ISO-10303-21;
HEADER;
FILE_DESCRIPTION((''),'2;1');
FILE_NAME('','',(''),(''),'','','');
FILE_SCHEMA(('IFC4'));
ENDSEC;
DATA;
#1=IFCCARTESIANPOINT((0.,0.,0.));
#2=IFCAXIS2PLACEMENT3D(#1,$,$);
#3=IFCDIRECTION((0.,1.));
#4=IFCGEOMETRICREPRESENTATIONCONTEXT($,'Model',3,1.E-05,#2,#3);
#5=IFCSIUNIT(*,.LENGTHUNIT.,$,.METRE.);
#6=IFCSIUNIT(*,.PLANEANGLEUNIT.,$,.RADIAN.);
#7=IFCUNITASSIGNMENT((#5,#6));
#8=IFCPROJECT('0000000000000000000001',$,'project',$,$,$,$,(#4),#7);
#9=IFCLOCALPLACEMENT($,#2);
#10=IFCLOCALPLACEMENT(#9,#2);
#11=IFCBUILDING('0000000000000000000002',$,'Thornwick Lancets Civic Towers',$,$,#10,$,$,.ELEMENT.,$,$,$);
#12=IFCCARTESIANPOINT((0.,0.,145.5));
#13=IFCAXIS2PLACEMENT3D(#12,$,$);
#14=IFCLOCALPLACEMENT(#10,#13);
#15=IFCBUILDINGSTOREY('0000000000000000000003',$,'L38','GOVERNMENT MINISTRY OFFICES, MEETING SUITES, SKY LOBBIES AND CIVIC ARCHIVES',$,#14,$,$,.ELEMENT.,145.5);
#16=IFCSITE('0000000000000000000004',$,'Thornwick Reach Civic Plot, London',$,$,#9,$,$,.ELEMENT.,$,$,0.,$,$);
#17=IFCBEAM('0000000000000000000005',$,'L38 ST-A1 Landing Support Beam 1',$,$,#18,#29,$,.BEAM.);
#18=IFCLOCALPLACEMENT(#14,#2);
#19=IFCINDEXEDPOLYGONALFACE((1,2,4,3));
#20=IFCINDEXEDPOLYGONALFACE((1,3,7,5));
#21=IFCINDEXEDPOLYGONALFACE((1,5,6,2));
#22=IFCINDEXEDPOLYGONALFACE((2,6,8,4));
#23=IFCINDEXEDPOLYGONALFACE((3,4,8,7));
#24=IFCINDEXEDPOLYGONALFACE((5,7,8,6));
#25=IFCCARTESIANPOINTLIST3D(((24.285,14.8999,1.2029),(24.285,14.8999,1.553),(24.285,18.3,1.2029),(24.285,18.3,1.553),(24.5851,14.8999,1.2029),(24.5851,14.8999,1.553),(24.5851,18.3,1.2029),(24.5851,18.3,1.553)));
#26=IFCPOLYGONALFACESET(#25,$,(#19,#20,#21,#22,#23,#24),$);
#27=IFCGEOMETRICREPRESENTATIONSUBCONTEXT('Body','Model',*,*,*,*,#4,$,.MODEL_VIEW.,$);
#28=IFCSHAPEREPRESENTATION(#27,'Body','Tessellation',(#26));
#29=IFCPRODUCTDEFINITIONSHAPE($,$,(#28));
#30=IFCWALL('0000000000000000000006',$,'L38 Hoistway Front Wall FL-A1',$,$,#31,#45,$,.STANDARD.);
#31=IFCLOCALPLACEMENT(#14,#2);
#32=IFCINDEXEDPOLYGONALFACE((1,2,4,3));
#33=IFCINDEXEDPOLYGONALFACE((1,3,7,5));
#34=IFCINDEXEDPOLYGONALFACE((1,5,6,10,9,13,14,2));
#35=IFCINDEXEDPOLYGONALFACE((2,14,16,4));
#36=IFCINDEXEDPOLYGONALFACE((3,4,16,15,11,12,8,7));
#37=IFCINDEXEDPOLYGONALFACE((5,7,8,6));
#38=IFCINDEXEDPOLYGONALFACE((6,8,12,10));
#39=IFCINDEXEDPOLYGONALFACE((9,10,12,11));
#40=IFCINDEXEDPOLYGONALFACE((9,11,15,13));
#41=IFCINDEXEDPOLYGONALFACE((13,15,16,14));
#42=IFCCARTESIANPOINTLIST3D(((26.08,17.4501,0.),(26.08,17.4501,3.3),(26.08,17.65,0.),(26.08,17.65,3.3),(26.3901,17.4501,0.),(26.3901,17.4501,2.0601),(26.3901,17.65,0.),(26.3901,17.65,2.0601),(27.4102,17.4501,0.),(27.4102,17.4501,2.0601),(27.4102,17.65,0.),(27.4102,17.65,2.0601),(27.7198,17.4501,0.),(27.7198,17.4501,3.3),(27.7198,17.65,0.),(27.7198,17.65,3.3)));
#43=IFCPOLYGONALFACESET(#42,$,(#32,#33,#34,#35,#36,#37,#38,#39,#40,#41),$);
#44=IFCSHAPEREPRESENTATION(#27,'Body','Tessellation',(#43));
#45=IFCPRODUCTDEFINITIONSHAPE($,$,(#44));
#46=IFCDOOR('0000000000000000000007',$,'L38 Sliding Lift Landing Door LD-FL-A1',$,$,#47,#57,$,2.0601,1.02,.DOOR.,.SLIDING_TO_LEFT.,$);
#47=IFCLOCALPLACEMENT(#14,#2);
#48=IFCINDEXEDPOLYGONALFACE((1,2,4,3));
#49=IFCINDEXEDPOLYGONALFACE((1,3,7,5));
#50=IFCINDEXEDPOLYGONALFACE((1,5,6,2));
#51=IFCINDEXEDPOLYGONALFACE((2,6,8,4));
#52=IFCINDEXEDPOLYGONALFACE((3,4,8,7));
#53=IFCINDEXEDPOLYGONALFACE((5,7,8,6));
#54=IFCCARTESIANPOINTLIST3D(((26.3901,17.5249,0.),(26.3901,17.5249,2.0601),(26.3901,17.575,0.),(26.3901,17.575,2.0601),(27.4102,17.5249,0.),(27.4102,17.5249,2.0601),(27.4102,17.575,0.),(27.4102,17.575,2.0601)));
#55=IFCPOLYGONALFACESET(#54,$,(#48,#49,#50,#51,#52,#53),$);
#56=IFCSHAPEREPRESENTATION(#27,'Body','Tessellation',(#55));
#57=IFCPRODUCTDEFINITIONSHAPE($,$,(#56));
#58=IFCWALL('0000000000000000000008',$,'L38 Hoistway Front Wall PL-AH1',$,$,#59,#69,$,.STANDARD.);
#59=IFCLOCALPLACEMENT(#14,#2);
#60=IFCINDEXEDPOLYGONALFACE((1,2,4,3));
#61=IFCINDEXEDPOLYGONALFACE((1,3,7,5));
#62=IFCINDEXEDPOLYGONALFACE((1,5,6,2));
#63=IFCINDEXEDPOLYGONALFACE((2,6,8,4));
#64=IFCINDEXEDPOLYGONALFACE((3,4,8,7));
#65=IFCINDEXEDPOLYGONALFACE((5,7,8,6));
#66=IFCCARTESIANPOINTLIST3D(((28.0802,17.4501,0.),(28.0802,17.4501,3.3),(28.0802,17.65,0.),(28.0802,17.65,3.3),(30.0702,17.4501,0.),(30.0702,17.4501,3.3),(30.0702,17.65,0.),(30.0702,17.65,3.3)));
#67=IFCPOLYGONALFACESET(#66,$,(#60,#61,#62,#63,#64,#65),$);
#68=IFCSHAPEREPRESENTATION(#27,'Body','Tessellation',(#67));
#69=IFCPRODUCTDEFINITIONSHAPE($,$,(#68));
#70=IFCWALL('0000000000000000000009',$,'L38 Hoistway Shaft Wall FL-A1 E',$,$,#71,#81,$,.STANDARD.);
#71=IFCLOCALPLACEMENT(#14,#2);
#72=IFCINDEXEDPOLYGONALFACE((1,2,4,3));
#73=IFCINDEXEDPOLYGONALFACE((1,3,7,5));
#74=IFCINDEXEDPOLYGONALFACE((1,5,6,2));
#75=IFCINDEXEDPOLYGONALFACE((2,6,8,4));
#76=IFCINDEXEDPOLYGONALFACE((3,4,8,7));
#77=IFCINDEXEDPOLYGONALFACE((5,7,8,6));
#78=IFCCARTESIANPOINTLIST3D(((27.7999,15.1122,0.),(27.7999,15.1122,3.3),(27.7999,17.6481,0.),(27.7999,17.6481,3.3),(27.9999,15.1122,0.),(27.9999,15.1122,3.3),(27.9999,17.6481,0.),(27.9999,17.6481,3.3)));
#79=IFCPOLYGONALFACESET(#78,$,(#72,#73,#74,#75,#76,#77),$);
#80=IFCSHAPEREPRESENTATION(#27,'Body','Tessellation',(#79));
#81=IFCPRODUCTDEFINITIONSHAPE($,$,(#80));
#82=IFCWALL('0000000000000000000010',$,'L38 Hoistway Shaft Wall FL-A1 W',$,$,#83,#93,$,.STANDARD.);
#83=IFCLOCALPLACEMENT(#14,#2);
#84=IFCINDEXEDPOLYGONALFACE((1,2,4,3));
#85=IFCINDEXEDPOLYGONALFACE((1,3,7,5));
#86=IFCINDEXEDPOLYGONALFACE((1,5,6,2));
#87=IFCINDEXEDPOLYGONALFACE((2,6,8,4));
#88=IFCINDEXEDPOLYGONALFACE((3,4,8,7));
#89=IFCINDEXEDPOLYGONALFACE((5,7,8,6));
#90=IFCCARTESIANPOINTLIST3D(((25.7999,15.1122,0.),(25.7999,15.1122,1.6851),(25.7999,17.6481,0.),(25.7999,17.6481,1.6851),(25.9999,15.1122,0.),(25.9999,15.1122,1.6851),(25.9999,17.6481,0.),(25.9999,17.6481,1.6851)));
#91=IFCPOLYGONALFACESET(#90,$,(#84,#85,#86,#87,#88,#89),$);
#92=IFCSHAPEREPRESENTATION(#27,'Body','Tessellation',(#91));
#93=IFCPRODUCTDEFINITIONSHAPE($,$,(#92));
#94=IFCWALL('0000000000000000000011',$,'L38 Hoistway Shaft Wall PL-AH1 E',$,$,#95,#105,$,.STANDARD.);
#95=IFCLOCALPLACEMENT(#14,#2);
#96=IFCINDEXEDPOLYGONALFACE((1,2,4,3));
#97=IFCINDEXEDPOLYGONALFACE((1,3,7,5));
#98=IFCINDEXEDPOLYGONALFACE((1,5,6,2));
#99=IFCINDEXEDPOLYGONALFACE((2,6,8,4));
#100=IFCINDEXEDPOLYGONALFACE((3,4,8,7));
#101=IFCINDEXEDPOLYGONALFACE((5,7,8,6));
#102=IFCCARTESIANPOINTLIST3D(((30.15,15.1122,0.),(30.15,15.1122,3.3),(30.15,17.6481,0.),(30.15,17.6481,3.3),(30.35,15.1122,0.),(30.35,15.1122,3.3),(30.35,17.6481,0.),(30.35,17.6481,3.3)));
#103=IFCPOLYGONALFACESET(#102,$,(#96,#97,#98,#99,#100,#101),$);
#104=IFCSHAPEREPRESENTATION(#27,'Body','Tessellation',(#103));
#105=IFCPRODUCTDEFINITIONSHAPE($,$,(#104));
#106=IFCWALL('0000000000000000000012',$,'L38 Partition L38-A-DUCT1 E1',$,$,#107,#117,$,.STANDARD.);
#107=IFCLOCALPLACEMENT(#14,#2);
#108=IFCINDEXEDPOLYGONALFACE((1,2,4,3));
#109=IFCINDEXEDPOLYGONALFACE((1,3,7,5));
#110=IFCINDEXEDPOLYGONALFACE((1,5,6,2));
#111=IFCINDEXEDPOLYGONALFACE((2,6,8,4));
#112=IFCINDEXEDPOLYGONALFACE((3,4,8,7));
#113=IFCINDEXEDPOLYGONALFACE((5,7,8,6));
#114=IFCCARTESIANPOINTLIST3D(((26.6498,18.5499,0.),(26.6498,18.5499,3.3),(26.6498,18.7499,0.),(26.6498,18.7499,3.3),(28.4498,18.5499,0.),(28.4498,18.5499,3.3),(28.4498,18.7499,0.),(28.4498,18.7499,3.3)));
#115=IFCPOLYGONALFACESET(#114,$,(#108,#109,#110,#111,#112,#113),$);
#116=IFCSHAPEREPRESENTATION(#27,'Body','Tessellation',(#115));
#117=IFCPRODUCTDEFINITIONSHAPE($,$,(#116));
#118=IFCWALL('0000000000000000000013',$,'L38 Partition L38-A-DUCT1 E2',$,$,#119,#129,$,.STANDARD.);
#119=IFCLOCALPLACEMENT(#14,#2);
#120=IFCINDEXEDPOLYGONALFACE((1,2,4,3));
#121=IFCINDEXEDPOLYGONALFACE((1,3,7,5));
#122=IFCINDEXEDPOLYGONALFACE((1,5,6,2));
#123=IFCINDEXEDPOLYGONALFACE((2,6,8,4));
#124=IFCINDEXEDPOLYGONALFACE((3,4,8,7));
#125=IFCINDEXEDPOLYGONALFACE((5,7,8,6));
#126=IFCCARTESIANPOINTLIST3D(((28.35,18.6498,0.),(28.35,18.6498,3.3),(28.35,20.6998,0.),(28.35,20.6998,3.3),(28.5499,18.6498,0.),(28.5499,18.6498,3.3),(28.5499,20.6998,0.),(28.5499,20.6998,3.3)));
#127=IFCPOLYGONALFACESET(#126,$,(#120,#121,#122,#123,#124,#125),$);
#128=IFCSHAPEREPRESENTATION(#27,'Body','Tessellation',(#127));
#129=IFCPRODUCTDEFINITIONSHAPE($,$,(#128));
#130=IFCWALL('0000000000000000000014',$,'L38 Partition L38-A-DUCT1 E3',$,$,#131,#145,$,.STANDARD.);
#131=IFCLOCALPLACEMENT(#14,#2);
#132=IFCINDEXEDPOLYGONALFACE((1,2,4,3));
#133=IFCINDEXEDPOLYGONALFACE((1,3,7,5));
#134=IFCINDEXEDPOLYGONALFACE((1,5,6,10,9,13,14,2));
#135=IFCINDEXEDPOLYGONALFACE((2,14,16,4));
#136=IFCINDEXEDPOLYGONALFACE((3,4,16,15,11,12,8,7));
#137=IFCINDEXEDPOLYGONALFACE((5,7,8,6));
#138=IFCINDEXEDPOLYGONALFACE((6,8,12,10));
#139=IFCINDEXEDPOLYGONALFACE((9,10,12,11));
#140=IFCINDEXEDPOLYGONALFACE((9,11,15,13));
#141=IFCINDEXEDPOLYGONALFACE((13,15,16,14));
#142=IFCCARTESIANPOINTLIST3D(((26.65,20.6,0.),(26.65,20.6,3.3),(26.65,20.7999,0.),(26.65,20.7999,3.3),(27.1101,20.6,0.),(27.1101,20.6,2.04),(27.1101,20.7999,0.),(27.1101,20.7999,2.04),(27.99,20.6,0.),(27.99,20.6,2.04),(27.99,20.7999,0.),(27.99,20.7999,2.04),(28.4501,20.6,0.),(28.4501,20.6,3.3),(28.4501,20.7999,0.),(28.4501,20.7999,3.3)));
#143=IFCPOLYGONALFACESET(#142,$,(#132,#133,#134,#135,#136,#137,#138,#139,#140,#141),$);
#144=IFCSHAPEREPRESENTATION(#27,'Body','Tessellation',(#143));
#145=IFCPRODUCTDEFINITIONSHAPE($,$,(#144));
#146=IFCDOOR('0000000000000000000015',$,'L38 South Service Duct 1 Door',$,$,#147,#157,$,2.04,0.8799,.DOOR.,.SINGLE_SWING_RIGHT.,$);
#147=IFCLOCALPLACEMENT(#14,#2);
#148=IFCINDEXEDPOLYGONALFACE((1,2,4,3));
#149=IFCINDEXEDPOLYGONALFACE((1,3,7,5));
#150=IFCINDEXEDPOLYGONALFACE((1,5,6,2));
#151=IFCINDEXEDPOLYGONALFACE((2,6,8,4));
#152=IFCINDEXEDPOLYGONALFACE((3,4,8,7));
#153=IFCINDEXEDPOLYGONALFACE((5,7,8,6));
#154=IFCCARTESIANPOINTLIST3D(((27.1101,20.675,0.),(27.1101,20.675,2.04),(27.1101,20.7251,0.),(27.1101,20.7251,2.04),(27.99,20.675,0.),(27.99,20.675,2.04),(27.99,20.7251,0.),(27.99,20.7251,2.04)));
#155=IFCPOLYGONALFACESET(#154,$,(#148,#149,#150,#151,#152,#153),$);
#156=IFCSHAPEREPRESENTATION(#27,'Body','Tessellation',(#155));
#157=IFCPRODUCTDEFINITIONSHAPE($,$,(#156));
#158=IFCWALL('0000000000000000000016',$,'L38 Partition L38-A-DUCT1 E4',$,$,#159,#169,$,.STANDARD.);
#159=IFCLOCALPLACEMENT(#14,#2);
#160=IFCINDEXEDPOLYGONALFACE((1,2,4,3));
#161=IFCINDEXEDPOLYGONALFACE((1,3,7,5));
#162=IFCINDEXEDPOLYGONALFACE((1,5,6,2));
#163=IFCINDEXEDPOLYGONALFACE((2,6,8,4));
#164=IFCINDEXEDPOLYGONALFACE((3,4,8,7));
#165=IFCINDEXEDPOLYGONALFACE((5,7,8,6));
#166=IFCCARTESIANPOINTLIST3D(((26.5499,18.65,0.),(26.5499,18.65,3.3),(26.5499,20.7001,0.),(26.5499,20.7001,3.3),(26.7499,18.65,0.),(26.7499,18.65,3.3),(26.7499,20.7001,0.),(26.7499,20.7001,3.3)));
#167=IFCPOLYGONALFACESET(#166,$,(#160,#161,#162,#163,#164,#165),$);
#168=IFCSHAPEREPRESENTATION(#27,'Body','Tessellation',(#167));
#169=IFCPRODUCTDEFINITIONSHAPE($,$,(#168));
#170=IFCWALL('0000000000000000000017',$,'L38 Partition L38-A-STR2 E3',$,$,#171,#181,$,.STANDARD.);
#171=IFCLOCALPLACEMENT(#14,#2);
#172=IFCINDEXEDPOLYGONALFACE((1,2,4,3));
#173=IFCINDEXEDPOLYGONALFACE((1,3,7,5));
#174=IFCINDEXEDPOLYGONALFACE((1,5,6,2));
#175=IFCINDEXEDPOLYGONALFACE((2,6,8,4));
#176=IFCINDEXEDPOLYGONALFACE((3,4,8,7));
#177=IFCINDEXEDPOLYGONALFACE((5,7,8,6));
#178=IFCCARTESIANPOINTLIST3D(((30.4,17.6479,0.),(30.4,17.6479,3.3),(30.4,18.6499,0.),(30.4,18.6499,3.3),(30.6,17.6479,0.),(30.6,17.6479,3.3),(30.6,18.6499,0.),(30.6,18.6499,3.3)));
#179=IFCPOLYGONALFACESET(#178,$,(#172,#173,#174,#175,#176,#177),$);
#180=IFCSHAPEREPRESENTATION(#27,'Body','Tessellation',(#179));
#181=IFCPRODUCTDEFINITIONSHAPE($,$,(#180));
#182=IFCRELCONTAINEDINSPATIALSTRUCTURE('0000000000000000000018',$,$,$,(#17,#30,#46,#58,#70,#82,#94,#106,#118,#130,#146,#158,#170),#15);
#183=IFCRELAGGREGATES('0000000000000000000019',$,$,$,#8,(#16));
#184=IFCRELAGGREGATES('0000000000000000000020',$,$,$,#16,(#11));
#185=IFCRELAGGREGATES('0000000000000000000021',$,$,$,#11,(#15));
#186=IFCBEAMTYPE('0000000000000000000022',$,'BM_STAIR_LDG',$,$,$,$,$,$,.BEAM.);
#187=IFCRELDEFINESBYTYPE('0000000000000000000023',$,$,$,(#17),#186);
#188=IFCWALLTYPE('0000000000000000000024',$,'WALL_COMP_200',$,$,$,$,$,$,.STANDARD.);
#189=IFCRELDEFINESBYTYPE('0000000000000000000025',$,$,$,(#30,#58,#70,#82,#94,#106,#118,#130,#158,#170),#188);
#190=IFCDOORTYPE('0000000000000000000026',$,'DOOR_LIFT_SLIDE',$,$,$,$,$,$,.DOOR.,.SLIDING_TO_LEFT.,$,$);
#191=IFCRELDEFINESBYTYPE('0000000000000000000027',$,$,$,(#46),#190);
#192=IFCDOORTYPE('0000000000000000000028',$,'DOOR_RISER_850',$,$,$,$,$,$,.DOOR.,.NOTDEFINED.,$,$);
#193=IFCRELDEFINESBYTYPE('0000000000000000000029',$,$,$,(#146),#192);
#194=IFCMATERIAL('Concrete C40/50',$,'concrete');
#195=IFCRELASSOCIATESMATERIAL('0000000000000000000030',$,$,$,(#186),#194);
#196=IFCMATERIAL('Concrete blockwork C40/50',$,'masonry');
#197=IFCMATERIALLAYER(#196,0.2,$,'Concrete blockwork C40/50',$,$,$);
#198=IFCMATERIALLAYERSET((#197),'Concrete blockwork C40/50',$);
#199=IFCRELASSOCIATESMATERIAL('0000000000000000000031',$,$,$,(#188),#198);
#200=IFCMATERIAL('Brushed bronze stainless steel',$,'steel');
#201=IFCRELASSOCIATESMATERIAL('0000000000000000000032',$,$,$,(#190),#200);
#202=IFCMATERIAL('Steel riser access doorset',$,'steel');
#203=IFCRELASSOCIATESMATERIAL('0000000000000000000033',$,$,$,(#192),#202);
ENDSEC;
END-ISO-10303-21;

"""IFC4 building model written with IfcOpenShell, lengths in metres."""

from ifc_helpers import new_model, si_unit, direction, frame, frame_2d, origin, origin_2d, place, context, subcontext, project, spatial, rectangle, extrude, material, layer, layer_set, material_profile, profile_set, type_object, element, fill, save


model = new_model("IFC4")

# Units and contexts
model_context = context("Model", 3, precision=1e-05, world=origin(), true_north=direction((0.0, 1.0)))
body_context = subcontext(model_context, "Body", "Model", "MODEL_VIEW")
ifc_project = project(units=[si_unit("LENGTHUNIT", "METRE"), si_unit("PLANEANGLEUNIT", "RADIAN")], contexts=[model_context])

# Site, building, storey
site_placement = place(None, origin())
site = spatial("IfcSite", under=ifc_project, at=site_placement, Name="Thornwick Reach Civic Plot, London", CompositionType="ELEMENT", RefElevation=0.0)
building_placement = place(site_placement, origin())
building = spatial("IfcBuilding", under=site, at=building_placement, Name="Thornwick Lancets Civic Towers", CompositionType="ELEMENT")
storey_placement = place(building_placement, frame((0.0, 0.0, 145.5)))
storey = spatial("IfcBuildingStorey", under=building, at=storey_placement, Name="L38", Description="GOVERNMENT MINISTRY OFFICES, MEETING SUITES, SKY LOBBIES AND CIVIC ARCHIVES", CompositionType="ELEMENT", Elevation=145.5)

# Beam
ifc_material_1 = material(Name="Concrete C40/50", Category="concrete")
ifc_material_profile = material_profile(ifc_material_1, rectangle(XDim=0.3, YDim=0.3501, at=origin_2d()), Name="RC 300x350")
ifc_profile_set = profile_set([ifc_material_profile], Name="Concrete C40/50")
beam_type = type_object("IfcBeamType", Name="BM_STAIR_LDG", PredefinedType="BEAM", material=ifc_profile_set)
beam_placement = place(storey_placement, frame((24.4351, 14.8999, 1.3779), z_axis=(0.0, 1.0, 0.0), x_axis=(-1.0, 0.0, 0.0)))
element("IfcBeam", 1, at=beam_placement, inside=storey, type_object=beam_type, Name="L38 ST-A1 Landing Support Beam 1", PredefinedType="BEAM", context=body_context, shape_type="SweptSolid", body=[
    extrude(rectangle(XDim=0.3, YDim=0.3501, at=origin_2d()), origin(), (0.0, 0.0, 1.0), 3.4001),
])

# Wall, opening, door
ifc_material_2 = material(Name="Concrete blockwork C40/50", Category="masonry")
ifc_layer_1 = layer(ifc_material_2, 0.2, Name="Concrete blockwork C40/50")
ifc_layer_set_1 = layer_set([ifc_layer_1], Name="Concrete blockwork C40/50")
wall_type_1 = type_object("IfcWallType", Name="WALL_COMP_200", PredefinedType="STANDARD", material=ifc_layer_set_1)
wall_1_placement = place(storey_placement, frame((26.0801, 17.55, 0.0), z_axis=(0.0, 0.0, 1.0), x_axis=(1.0, 0.0, 0.0)))
wall_1 = element("IfcWall", 2, at=wall_1_placement, inside=storey, type_object=wall_type_1, Name="L38 Hoistway Front Wall FL-A1", PredefinedType="STANDARD", context=body_context, shape_type="SweptSolid", body=[
    extrude(rectangle(XDim=1.6399, YDim=0.2, at=frame_2d((0.8198, 0.0))), origin(), (0.0, 0.0, 1.0), 3.3),
])
opening_1_placement = place(wall_1_placement, frame((0.3101, 0.0, 0.0)))
opening_1 = element("IfcOpeningElement", 3, at=opening_1_placement, cuts=wall_1, PredefinedType="OPENING", context=body_context, shape_type="SweptSolid", body=[
    extrude(rectangle(XDim=1.02, YDim=2.0601, at=frame_2d((0.51, 1.03))), frame((0.0, 0.1099, 0.0), z_axis=(0.0, -1.0, 0.0), x_axis=(1.0, 0.0, 0.0)), (0.0, 0.0, 1.0), 0.22),
])
ifc_material_3 = material(Name="Brushed bronze stainless steel", Category="steel")
door_type_1 = type_object("IfcDoorType", Name="DOOR_LIFT_SLIDE", OperationType="SLIDING_TO_LEFT", PredefinedType="DOOR", material=ifc_material_3)
door_1_placement = place(opening_1_placement, origin())
door_1 = element("IfcDoor", 4, at=door_1_placement, inside=storey, type_object=door_type_1, Name="L38 Sliding Lift Landing Door LD-FL-A1", OperationType="SLIDING_TO_LEFT", OverallHeight=2.0601, OverallWidth=1.02, PredefinedType="DOOR", context=body_context, shape_type="SweptSolid", body=[
    extrude(rectangle(XDim=1.02, YDim=2.0601, at=frame_2d((0.51, 1.03))), frame((0.0, 0.0249, 0.0), z_axis=(0.0, -1.0, 0.0), x_axis=(1.0, 0.0, 0.0)), (0.0, 0.0, 1.0), 0.05),
])
fill(opening_1, door_1)

# Walls
wall_2_placement = place(storey_placement, frame((28.0801, 17.55, 0.0), z_axis=(0.0, 0.0, 1.0), x_axis=(1.0, 0.0, 0.0)))
element("IfcWall", 5, at=wall_2_placement, inside=storey, type_object=wall_type_1, Name="L38 Hoistway Front Wall PL-AH1", PredefinedType="STANDARD", context=body_context, shape_type="SweptSolid", body=[
    extrude(rectangle(XDim=1.99, YDim=0.2, at=frame_2d((0.9951, 0.0))), origin(), (0.0, 0.0, 1.0), 3.3),
])
wall_3_placement = place(storey_placement, frame((27.8999, 15.1121, 0.0), z_axis=(0.0, 0.0, 1.0), x_axis=(0.0, 1.0, 0.0)))
element("IfcWall", 6, at=wall_3_placement, inside=storey, type_object=wall_type_1, Name="L38 Hoistway Shaft Wall FL-A1 E", PredefinedType="STANDARD", context=body_context, shape_type="SweptSolid", body=[
    extrude(rectangle(XDim=2.5359, YDim=0.2, at=frame_2d((1.2681, 0.0))), origin(), (0.0, 0.0, 1.0), 3.3),
])
wall_4_placement = place(storey_placement, frame((25.8999, 15.1121, 0.0), z_axis=(0.0, 0.0, 1.0), x_axis=(0.0, 1.0, 0.0)))
element("IfcWall", 7, at=wall_4_placement, inside=storey, type_object=wall_type_1, Name="L38 Hoistway Shaft Wall FL-A1 W", PredefinedType="STANDARD", context=body_context, shape_type="SweptSolid", body=[
    extrude(rectangle(XDim=2.5359, YDim=0.2, at=frame_2d((1.2681, 0.0))), origin(), (0.0, 0.0, 1.0), 1.6851),
])
wall_5_placement = place(storey_placement, frame((30.25, 15.1121, 0.0), z_axis=(0.0, 0.0, 1.0), x_axis=(0.0, 1.0, 0.0)))
element("IfcWall", 8, at=wall_5_placement, inside=storey, type_object=wall_type_1, Name="L38 Hoistway Shaft Wall PL-AH1 E", PredefinedType="STANDARD", context=body_context, shape_type="SweptSolid", body=[
    extrude(rectangle(XDim=2.5359, YDim=0.2, at=frame_2d((1.2681, 0.0))), origin(), (0.0, 0.0, 1.0), 3.3),
])
wall_6_placement = place(storey_placement, frame((26.6499, 18.6499, 0.0), z_axis=(0.0, 0.0, 1.0), x_axis=(1.0, 0.0, 0.0)))
element("IfcWall", 9, at=wall_6_placement, inside=storey, type_object=wall_type_1, Name="L38 Partition L38-A-DUCT1 E1", PredefinedType="STANDARD", context=body_context, shape_type="SweptSolid", body=[
    extrude(rectangle(XDim=1.8, YDim=0.2, at=frame_2d((0.8999, 0.0))), origin(), (0.0, 0.0, 1.0), 3.3),
])
wall_7_placement = place(storey_placement, frame((28.45, 18.6499, 0.0), z_axis=(0.0, 0.0, 1.0), x_axis=(0.0, 1.0, 0.0)))
element("IfcWall", 10, at=wall_7_placement, inside=storey, type_object=wall_type_1, Name="L38 Partition L38-A-DUCT1 E2", PredefinedType="STANDARD", context=body_context, shape_type="SweptSolid", body=[
    extrude(rectangle(XDim=2.05, YDim=0.2, at=frame_2d((1.0249, 0.0))), origin(), (0.0, 0.0, 1.0), 3.3),
])

# Wall, opening, door
wall_8_placement = place(storey_placement, frame((28.45, 20.7, 0.0), z_axis=(0.0, 0.0, 1.0), x_axis=(-1.0, 0.0, 0.0)))
wall_8 = element("IfcWall", 11, at=wall_8_placement, inside=storey, type_object=wall_type_1, Name="L38 Partition L38-A-DUCT1 E3", PredefinedType="STANDARD", context=body_context, shape_type="SweptSolid", body=[
    extrude(rectangle(XDim=1.8, YDim=0.2, at=frame_2d((0.8999, 0.0))), origin(), (0.0, 0.0, 1.0), 3.3),
])
opening_2_placement = place(wall_8_placement, frame((0.46, 0.0, 0.0)))
opening_2 = element("IfcOpeningElement", 12, at=opening_2_placement, cuts=wall_8, PredefinedType="OPENING", context=body_context, shape_type="SweptSolid", body=[
    extrude(rectangle(XDim=0.8799, YDim=2.04, at=frame_2d((0.4399, 1.02))), frame((0.0, 0.1099, 0.0), z_axis=(0.0, -1.0, 0.0), x_axis=(1.0, 0.0, 0.0)), (0.0, 0.0, 1.0), 0.22),
])
ifc_material_4 = material(Name="Steel riser access doorset", Category="steel")
door_type_2 = type_object("IfcDoorType", Name="DOOR_RISER_850", OperationType="NOTDEFINED", PredefinedType="DOOR", material=ifc_material_4)
door_2_placement = place(opening_2_placement, origin())
door_2 = element("IfcDoor", 13, at=door_2_placement, inside=storey, type_object=door_type_2, Name="L38 South Service Duct 1 Door", OperationType="SINGLE_SWING_RIGHT", OverallHeight=2.04, OverallWidth=0.8799, PredefinedType="DOOR", context=body_context, shape_type="SweptSolid", body=[
    extrude(rectangle(XDim=0.8799, YDim=2.04, at=frame_2d((0.4399, 1.02))), frame((0.0, 0.0249, 0.0), z_axis=(0.0, -1.0, 0.0), x_axis=(1.0, 0.0, 0.0)), (0.0, 0.0, 1.0), 0.05),
])
fill(opening_2, door_2)

# Walls
wall_9_placement = place(storey_placement, frame((26.6499, 20.7, 0.0), z_axis=(0.0, 0.0, 1.0), x_axis=(0.0, -1.0, 0.0)))
element("IfcWall", 14, at=wall_9_placement, inside=storey, type_object=wall_type_1, Name="L38 Partition L38-A-DUCT1 E4", PredefinedType="STANDARD", context=body_context, shape_type="SweptSolid", body=[
    extrude(rectangle(XDim=2.05, YDim=0.2, at=frame_2d((1.0249, 0.0))), origin(), (0.0, 0.0, 1.0), 3.3),
])
wall_10_placement = place(storey_placement, frame((30.5, 17.6479, 0.0), z_axis=(0.0, 0.0, 1.0), x_axis=(0.0, 1.0, 0.0)))
element("IfcWall", 15, at=wall_10_placement, inside=storey, type_object=wall_type_1, Name="L38 Partition L38-A-STR2 E3", PredefinedType="STANDARD", context=body_context, shape_type="SweptSolid", body=[
    extrude(rectangle(XDim=1.002, YDim=0.2, at=frame_2d((0.501, 0.0))), origin(), (0.0, 0.0, 1.0), 3.3),
])

save(model, "model.ifc")
